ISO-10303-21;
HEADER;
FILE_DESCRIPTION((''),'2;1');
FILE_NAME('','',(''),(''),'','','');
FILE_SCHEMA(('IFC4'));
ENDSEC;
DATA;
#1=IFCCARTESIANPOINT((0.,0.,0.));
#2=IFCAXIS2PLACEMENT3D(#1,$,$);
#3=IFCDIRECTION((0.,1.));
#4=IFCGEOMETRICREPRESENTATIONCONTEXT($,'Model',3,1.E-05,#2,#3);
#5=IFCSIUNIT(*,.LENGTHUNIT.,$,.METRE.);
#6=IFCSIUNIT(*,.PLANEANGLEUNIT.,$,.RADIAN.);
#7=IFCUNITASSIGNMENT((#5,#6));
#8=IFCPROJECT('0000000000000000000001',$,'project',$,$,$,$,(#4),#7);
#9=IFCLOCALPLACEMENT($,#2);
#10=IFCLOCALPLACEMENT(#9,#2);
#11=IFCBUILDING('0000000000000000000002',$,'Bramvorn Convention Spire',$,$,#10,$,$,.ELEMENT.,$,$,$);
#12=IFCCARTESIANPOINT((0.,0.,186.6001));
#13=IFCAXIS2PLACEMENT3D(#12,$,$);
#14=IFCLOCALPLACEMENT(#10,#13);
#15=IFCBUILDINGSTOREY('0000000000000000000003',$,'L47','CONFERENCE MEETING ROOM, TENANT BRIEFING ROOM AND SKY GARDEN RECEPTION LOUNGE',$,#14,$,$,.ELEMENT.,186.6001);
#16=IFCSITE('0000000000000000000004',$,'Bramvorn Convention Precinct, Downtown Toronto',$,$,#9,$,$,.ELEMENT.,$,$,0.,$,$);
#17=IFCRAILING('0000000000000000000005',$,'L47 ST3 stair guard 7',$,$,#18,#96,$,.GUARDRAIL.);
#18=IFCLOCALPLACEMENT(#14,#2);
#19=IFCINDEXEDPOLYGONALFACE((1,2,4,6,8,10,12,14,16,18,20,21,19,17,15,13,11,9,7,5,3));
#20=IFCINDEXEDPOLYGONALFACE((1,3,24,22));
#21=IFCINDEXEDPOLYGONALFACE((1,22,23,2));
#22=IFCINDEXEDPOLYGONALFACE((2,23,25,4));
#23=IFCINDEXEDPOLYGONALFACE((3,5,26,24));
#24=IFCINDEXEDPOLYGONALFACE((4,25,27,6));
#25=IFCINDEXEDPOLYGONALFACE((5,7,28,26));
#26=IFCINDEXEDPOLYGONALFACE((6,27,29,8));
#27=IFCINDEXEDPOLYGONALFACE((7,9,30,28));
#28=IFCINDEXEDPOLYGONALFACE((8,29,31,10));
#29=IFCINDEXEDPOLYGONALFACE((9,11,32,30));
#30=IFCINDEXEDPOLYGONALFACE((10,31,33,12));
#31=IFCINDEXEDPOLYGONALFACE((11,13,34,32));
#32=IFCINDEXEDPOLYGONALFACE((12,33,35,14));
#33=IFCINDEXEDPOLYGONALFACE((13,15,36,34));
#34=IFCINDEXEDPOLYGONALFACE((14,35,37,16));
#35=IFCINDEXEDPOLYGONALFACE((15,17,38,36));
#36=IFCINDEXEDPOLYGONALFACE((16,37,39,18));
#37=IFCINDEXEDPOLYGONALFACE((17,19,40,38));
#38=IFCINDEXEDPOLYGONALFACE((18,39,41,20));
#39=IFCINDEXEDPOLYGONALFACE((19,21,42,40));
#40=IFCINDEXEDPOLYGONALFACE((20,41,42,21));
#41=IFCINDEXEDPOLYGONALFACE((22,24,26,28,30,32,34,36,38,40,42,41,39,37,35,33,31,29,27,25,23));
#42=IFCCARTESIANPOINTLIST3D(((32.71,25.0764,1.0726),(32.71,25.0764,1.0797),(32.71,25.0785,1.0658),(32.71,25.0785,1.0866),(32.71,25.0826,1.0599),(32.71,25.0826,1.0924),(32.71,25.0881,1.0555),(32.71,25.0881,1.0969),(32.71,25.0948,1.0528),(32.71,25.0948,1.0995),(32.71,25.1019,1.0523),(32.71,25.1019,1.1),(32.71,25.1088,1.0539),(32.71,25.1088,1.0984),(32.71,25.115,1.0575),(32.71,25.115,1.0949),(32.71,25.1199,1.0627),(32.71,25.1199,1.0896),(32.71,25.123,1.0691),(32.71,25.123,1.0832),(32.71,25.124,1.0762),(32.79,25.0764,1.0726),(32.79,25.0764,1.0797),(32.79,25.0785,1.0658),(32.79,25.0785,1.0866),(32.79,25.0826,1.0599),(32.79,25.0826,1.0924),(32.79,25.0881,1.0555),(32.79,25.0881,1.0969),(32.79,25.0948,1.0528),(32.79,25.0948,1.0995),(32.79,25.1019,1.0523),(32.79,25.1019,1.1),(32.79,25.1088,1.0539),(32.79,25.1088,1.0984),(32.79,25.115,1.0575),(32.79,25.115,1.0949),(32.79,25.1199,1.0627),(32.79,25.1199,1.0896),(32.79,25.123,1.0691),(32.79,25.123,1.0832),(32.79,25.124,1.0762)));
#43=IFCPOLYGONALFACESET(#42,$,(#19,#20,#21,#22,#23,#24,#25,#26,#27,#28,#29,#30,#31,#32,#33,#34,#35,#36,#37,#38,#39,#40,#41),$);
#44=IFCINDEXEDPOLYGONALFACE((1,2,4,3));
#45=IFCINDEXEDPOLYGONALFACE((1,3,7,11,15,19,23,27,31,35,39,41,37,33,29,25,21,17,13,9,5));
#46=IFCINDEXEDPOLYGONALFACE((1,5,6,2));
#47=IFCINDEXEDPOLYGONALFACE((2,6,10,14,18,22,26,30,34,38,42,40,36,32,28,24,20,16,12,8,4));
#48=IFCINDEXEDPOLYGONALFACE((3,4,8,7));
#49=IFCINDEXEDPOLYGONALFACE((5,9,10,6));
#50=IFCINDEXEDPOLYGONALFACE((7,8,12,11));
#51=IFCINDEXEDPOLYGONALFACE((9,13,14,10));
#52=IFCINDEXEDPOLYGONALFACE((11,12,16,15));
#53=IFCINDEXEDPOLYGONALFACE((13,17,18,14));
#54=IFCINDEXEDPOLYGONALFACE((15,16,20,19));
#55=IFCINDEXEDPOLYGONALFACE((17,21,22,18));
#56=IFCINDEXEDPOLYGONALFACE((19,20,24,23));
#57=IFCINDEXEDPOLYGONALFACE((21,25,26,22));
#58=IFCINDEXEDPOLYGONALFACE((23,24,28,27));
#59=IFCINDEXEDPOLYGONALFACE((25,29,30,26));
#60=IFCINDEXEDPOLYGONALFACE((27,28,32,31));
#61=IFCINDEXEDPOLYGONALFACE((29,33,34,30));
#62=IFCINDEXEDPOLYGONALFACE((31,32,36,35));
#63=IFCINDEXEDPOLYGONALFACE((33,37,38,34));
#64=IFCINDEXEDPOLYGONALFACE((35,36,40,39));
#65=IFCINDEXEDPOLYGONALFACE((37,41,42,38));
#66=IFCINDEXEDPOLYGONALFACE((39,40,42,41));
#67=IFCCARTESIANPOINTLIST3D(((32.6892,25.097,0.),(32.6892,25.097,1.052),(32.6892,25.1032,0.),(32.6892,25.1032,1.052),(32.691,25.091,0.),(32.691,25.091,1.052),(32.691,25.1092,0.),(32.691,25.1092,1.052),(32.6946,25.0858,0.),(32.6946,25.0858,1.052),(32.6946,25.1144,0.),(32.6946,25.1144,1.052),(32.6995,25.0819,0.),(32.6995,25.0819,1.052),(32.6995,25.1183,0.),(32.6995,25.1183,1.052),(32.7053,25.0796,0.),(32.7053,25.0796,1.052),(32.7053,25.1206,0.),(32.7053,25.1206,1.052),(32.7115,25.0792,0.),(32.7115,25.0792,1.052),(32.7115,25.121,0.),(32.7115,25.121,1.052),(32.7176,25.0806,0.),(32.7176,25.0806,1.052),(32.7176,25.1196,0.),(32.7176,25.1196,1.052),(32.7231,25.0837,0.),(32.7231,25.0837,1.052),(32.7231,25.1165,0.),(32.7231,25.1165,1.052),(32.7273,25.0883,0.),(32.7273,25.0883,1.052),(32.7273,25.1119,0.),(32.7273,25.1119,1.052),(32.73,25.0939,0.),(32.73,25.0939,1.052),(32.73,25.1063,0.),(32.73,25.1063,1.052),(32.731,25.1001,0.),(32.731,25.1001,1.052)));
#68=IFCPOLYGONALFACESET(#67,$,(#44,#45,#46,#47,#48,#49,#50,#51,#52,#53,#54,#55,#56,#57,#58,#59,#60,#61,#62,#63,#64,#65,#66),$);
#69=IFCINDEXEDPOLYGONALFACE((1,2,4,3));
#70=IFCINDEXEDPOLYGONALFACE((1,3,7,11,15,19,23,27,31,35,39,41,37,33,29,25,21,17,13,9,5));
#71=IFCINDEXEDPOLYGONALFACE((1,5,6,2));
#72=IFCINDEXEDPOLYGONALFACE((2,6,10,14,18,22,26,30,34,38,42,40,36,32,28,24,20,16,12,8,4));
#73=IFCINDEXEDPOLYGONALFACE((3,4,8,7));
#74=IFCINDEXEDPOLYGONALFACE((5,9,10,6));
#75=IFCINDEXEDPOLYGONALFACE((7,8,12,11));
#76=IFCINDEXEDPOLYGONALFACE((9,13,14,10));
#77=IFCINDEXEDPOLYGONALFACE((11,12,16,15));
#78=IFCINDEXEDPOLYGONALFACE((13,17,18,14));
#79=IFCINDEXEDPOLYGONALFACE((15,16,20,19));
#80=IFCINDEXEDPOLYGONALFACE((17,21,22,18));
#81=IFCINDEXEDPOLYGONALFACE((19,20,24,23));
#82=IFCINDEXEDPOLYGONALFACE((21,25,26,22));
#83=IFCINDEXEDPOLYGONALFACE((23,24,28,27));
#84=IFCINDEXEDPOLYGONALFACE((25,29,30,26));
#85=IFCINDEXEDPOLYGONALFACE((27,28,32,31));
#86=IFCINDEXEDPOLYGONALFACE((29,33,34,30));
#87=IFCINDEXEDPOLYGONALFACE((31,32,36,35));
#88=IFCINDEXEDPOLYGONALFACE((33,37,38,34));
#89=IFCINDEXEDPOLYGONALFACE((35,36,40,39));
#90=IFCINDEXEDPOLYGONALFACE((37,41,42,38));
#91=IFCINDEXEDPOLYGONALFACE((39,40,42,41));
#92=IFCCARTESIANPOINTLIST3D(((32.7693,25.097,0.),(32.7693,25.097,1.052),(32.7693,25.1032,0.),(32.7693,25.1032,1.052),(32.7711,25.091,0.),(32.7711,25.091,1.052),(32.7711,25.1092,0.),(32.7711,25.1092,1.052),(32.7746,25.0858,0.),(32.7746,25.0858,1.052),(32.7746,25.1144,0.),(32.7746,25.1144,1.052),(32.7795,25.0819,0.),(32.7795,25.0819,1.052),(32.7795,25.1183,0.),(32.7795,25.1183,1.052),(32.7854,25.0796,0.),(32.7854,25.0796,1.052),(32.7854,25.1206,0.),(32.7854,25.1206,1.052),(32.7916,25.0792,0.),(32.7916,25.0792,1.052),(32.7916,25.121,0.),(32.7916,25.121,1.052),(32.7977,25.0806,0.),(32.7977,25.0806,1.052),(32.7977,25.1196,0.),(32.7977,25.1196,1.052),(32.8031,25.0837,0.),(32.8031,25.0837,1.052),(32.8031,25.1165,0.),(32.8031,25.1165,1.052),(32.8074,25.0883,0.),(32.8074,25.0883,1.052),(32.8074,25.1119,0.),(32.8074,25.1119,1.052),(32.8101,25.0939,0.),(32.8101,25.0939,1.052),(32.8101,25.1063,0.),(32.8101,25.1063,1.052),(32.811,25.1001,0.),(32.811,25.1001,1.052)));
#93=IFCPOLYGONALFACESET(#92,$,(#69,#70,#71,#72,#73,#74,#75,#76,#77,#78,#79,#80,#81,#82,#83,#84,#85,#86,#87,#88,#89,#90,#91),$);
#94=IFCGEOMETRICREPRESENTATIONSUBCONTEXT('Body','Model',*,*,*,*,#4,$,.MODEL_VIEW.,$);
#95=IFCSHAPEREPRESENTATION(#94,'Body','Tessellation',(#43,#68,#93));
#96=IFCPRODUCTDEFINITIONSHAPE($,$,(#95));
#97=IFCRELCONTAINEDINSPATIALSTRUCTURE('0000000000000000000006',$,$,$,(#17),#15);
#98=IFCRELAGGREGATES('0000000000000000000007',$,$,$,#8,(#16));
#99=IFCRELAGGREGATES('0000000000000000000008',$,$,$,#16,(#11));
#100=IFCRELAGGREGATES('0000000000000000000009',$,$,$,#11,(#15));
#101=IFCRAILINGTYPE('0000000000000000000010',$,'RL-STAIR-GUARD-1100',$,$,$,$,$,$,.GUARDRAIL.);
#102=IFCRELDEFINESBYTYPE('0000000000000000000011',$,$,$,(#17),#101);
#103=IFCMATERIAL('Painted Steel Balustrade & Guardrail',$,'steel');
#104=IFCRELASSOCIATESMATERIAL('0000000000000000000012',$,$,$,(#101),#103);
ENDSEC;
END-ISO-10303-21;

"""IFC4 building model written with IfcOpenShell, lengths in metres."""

from ifc_helpers import new_model, si_unit, direction, frame, origin, origin_2d, place, context, subcontext, project, spatial, circle, extrude, material, type_object, element, save


model = new_model("IFC4")

# Units and contexts
model_context = context("Model", 3, precision=1e-05, world=origin(), true_north=direction((0.0, 1.0)))
body_context = subcontext(model_context, "Body", "Model", "MODEL_VIEW")
ifc_project = project(units=[si_unit("LENGTHUNIT", "METRE"), si_unit("PLANEANGLEUNIT", "RADIAN")], contexts=[model_context])

# Site, building, storey
site_placement = place(None, origin())
site = spatial("IfcSite", under=ifc_project, at=site_placement, Name="Bramvorn Convention Precinct, Downtown Toronto", CompositionType="ELEMENT", RefElevation=0.0)
building_placement = place(site_placement, origin())
building = spatial("IfcBuilding", under=site, at=building_placement, Name="Bramvorn Convention Spire", CompositionType="ELEMENT")
storey_placement = place(building_placement, frame((0.0, 0.0, 186.6001)))
storey = spatial("IfcBuildingStorey", under=building, at=storey_placement, Name="L47", Description="CONFERENCE MEETING ROOM, TENANT BRIEFING ROOM AND SKY GARDEN RECEPTION LOUNGE", CompositionType="ELEMENT", Elevation=186.6001)

# Railing
ifc_material_1 = material(Name="Painted Steel Balustrade & Guardrail", Category="steel")
railing_type_1 = type_object("IfcRailingType", Name="RL-STAIR-GUARD-1100", PredefinedType="GUARDRAIL", material=ifc_material_1)
railing_1_placement = place(storey_placement, frame((32.71, 25.1001, 0.0)))
element("IfcRailing", 1, at=railing_1_placement, inside=storey, type_object=railing_type_1, Name="L47 ST3 stair guard 7", PredefinedType="GUARDRAIL", context=body_context, shape_type="SweptSolid", body=[
    extrude(circle(Radius=0.0239, at=origin_2d()), frame((0.0, 0.0, 1.0762), z_axis=(1.0, 0.0, 0.0), x_axis=(0.0, 1.0, 0.0)), (0.0, 0.0, 1.0), 0.0801),
    extrude(circle(Radius=0.021, at=origin_2d()), origin(), (0.0, 0.0, 1.0), 1.052),
    extrude(circle(Radius=0.021, at=origin_2d()), frame((0.0801, 0.0, 0.0)), (0.0, 0.0, 1.0), 1.052),
])

save(model, "model.ifc")
